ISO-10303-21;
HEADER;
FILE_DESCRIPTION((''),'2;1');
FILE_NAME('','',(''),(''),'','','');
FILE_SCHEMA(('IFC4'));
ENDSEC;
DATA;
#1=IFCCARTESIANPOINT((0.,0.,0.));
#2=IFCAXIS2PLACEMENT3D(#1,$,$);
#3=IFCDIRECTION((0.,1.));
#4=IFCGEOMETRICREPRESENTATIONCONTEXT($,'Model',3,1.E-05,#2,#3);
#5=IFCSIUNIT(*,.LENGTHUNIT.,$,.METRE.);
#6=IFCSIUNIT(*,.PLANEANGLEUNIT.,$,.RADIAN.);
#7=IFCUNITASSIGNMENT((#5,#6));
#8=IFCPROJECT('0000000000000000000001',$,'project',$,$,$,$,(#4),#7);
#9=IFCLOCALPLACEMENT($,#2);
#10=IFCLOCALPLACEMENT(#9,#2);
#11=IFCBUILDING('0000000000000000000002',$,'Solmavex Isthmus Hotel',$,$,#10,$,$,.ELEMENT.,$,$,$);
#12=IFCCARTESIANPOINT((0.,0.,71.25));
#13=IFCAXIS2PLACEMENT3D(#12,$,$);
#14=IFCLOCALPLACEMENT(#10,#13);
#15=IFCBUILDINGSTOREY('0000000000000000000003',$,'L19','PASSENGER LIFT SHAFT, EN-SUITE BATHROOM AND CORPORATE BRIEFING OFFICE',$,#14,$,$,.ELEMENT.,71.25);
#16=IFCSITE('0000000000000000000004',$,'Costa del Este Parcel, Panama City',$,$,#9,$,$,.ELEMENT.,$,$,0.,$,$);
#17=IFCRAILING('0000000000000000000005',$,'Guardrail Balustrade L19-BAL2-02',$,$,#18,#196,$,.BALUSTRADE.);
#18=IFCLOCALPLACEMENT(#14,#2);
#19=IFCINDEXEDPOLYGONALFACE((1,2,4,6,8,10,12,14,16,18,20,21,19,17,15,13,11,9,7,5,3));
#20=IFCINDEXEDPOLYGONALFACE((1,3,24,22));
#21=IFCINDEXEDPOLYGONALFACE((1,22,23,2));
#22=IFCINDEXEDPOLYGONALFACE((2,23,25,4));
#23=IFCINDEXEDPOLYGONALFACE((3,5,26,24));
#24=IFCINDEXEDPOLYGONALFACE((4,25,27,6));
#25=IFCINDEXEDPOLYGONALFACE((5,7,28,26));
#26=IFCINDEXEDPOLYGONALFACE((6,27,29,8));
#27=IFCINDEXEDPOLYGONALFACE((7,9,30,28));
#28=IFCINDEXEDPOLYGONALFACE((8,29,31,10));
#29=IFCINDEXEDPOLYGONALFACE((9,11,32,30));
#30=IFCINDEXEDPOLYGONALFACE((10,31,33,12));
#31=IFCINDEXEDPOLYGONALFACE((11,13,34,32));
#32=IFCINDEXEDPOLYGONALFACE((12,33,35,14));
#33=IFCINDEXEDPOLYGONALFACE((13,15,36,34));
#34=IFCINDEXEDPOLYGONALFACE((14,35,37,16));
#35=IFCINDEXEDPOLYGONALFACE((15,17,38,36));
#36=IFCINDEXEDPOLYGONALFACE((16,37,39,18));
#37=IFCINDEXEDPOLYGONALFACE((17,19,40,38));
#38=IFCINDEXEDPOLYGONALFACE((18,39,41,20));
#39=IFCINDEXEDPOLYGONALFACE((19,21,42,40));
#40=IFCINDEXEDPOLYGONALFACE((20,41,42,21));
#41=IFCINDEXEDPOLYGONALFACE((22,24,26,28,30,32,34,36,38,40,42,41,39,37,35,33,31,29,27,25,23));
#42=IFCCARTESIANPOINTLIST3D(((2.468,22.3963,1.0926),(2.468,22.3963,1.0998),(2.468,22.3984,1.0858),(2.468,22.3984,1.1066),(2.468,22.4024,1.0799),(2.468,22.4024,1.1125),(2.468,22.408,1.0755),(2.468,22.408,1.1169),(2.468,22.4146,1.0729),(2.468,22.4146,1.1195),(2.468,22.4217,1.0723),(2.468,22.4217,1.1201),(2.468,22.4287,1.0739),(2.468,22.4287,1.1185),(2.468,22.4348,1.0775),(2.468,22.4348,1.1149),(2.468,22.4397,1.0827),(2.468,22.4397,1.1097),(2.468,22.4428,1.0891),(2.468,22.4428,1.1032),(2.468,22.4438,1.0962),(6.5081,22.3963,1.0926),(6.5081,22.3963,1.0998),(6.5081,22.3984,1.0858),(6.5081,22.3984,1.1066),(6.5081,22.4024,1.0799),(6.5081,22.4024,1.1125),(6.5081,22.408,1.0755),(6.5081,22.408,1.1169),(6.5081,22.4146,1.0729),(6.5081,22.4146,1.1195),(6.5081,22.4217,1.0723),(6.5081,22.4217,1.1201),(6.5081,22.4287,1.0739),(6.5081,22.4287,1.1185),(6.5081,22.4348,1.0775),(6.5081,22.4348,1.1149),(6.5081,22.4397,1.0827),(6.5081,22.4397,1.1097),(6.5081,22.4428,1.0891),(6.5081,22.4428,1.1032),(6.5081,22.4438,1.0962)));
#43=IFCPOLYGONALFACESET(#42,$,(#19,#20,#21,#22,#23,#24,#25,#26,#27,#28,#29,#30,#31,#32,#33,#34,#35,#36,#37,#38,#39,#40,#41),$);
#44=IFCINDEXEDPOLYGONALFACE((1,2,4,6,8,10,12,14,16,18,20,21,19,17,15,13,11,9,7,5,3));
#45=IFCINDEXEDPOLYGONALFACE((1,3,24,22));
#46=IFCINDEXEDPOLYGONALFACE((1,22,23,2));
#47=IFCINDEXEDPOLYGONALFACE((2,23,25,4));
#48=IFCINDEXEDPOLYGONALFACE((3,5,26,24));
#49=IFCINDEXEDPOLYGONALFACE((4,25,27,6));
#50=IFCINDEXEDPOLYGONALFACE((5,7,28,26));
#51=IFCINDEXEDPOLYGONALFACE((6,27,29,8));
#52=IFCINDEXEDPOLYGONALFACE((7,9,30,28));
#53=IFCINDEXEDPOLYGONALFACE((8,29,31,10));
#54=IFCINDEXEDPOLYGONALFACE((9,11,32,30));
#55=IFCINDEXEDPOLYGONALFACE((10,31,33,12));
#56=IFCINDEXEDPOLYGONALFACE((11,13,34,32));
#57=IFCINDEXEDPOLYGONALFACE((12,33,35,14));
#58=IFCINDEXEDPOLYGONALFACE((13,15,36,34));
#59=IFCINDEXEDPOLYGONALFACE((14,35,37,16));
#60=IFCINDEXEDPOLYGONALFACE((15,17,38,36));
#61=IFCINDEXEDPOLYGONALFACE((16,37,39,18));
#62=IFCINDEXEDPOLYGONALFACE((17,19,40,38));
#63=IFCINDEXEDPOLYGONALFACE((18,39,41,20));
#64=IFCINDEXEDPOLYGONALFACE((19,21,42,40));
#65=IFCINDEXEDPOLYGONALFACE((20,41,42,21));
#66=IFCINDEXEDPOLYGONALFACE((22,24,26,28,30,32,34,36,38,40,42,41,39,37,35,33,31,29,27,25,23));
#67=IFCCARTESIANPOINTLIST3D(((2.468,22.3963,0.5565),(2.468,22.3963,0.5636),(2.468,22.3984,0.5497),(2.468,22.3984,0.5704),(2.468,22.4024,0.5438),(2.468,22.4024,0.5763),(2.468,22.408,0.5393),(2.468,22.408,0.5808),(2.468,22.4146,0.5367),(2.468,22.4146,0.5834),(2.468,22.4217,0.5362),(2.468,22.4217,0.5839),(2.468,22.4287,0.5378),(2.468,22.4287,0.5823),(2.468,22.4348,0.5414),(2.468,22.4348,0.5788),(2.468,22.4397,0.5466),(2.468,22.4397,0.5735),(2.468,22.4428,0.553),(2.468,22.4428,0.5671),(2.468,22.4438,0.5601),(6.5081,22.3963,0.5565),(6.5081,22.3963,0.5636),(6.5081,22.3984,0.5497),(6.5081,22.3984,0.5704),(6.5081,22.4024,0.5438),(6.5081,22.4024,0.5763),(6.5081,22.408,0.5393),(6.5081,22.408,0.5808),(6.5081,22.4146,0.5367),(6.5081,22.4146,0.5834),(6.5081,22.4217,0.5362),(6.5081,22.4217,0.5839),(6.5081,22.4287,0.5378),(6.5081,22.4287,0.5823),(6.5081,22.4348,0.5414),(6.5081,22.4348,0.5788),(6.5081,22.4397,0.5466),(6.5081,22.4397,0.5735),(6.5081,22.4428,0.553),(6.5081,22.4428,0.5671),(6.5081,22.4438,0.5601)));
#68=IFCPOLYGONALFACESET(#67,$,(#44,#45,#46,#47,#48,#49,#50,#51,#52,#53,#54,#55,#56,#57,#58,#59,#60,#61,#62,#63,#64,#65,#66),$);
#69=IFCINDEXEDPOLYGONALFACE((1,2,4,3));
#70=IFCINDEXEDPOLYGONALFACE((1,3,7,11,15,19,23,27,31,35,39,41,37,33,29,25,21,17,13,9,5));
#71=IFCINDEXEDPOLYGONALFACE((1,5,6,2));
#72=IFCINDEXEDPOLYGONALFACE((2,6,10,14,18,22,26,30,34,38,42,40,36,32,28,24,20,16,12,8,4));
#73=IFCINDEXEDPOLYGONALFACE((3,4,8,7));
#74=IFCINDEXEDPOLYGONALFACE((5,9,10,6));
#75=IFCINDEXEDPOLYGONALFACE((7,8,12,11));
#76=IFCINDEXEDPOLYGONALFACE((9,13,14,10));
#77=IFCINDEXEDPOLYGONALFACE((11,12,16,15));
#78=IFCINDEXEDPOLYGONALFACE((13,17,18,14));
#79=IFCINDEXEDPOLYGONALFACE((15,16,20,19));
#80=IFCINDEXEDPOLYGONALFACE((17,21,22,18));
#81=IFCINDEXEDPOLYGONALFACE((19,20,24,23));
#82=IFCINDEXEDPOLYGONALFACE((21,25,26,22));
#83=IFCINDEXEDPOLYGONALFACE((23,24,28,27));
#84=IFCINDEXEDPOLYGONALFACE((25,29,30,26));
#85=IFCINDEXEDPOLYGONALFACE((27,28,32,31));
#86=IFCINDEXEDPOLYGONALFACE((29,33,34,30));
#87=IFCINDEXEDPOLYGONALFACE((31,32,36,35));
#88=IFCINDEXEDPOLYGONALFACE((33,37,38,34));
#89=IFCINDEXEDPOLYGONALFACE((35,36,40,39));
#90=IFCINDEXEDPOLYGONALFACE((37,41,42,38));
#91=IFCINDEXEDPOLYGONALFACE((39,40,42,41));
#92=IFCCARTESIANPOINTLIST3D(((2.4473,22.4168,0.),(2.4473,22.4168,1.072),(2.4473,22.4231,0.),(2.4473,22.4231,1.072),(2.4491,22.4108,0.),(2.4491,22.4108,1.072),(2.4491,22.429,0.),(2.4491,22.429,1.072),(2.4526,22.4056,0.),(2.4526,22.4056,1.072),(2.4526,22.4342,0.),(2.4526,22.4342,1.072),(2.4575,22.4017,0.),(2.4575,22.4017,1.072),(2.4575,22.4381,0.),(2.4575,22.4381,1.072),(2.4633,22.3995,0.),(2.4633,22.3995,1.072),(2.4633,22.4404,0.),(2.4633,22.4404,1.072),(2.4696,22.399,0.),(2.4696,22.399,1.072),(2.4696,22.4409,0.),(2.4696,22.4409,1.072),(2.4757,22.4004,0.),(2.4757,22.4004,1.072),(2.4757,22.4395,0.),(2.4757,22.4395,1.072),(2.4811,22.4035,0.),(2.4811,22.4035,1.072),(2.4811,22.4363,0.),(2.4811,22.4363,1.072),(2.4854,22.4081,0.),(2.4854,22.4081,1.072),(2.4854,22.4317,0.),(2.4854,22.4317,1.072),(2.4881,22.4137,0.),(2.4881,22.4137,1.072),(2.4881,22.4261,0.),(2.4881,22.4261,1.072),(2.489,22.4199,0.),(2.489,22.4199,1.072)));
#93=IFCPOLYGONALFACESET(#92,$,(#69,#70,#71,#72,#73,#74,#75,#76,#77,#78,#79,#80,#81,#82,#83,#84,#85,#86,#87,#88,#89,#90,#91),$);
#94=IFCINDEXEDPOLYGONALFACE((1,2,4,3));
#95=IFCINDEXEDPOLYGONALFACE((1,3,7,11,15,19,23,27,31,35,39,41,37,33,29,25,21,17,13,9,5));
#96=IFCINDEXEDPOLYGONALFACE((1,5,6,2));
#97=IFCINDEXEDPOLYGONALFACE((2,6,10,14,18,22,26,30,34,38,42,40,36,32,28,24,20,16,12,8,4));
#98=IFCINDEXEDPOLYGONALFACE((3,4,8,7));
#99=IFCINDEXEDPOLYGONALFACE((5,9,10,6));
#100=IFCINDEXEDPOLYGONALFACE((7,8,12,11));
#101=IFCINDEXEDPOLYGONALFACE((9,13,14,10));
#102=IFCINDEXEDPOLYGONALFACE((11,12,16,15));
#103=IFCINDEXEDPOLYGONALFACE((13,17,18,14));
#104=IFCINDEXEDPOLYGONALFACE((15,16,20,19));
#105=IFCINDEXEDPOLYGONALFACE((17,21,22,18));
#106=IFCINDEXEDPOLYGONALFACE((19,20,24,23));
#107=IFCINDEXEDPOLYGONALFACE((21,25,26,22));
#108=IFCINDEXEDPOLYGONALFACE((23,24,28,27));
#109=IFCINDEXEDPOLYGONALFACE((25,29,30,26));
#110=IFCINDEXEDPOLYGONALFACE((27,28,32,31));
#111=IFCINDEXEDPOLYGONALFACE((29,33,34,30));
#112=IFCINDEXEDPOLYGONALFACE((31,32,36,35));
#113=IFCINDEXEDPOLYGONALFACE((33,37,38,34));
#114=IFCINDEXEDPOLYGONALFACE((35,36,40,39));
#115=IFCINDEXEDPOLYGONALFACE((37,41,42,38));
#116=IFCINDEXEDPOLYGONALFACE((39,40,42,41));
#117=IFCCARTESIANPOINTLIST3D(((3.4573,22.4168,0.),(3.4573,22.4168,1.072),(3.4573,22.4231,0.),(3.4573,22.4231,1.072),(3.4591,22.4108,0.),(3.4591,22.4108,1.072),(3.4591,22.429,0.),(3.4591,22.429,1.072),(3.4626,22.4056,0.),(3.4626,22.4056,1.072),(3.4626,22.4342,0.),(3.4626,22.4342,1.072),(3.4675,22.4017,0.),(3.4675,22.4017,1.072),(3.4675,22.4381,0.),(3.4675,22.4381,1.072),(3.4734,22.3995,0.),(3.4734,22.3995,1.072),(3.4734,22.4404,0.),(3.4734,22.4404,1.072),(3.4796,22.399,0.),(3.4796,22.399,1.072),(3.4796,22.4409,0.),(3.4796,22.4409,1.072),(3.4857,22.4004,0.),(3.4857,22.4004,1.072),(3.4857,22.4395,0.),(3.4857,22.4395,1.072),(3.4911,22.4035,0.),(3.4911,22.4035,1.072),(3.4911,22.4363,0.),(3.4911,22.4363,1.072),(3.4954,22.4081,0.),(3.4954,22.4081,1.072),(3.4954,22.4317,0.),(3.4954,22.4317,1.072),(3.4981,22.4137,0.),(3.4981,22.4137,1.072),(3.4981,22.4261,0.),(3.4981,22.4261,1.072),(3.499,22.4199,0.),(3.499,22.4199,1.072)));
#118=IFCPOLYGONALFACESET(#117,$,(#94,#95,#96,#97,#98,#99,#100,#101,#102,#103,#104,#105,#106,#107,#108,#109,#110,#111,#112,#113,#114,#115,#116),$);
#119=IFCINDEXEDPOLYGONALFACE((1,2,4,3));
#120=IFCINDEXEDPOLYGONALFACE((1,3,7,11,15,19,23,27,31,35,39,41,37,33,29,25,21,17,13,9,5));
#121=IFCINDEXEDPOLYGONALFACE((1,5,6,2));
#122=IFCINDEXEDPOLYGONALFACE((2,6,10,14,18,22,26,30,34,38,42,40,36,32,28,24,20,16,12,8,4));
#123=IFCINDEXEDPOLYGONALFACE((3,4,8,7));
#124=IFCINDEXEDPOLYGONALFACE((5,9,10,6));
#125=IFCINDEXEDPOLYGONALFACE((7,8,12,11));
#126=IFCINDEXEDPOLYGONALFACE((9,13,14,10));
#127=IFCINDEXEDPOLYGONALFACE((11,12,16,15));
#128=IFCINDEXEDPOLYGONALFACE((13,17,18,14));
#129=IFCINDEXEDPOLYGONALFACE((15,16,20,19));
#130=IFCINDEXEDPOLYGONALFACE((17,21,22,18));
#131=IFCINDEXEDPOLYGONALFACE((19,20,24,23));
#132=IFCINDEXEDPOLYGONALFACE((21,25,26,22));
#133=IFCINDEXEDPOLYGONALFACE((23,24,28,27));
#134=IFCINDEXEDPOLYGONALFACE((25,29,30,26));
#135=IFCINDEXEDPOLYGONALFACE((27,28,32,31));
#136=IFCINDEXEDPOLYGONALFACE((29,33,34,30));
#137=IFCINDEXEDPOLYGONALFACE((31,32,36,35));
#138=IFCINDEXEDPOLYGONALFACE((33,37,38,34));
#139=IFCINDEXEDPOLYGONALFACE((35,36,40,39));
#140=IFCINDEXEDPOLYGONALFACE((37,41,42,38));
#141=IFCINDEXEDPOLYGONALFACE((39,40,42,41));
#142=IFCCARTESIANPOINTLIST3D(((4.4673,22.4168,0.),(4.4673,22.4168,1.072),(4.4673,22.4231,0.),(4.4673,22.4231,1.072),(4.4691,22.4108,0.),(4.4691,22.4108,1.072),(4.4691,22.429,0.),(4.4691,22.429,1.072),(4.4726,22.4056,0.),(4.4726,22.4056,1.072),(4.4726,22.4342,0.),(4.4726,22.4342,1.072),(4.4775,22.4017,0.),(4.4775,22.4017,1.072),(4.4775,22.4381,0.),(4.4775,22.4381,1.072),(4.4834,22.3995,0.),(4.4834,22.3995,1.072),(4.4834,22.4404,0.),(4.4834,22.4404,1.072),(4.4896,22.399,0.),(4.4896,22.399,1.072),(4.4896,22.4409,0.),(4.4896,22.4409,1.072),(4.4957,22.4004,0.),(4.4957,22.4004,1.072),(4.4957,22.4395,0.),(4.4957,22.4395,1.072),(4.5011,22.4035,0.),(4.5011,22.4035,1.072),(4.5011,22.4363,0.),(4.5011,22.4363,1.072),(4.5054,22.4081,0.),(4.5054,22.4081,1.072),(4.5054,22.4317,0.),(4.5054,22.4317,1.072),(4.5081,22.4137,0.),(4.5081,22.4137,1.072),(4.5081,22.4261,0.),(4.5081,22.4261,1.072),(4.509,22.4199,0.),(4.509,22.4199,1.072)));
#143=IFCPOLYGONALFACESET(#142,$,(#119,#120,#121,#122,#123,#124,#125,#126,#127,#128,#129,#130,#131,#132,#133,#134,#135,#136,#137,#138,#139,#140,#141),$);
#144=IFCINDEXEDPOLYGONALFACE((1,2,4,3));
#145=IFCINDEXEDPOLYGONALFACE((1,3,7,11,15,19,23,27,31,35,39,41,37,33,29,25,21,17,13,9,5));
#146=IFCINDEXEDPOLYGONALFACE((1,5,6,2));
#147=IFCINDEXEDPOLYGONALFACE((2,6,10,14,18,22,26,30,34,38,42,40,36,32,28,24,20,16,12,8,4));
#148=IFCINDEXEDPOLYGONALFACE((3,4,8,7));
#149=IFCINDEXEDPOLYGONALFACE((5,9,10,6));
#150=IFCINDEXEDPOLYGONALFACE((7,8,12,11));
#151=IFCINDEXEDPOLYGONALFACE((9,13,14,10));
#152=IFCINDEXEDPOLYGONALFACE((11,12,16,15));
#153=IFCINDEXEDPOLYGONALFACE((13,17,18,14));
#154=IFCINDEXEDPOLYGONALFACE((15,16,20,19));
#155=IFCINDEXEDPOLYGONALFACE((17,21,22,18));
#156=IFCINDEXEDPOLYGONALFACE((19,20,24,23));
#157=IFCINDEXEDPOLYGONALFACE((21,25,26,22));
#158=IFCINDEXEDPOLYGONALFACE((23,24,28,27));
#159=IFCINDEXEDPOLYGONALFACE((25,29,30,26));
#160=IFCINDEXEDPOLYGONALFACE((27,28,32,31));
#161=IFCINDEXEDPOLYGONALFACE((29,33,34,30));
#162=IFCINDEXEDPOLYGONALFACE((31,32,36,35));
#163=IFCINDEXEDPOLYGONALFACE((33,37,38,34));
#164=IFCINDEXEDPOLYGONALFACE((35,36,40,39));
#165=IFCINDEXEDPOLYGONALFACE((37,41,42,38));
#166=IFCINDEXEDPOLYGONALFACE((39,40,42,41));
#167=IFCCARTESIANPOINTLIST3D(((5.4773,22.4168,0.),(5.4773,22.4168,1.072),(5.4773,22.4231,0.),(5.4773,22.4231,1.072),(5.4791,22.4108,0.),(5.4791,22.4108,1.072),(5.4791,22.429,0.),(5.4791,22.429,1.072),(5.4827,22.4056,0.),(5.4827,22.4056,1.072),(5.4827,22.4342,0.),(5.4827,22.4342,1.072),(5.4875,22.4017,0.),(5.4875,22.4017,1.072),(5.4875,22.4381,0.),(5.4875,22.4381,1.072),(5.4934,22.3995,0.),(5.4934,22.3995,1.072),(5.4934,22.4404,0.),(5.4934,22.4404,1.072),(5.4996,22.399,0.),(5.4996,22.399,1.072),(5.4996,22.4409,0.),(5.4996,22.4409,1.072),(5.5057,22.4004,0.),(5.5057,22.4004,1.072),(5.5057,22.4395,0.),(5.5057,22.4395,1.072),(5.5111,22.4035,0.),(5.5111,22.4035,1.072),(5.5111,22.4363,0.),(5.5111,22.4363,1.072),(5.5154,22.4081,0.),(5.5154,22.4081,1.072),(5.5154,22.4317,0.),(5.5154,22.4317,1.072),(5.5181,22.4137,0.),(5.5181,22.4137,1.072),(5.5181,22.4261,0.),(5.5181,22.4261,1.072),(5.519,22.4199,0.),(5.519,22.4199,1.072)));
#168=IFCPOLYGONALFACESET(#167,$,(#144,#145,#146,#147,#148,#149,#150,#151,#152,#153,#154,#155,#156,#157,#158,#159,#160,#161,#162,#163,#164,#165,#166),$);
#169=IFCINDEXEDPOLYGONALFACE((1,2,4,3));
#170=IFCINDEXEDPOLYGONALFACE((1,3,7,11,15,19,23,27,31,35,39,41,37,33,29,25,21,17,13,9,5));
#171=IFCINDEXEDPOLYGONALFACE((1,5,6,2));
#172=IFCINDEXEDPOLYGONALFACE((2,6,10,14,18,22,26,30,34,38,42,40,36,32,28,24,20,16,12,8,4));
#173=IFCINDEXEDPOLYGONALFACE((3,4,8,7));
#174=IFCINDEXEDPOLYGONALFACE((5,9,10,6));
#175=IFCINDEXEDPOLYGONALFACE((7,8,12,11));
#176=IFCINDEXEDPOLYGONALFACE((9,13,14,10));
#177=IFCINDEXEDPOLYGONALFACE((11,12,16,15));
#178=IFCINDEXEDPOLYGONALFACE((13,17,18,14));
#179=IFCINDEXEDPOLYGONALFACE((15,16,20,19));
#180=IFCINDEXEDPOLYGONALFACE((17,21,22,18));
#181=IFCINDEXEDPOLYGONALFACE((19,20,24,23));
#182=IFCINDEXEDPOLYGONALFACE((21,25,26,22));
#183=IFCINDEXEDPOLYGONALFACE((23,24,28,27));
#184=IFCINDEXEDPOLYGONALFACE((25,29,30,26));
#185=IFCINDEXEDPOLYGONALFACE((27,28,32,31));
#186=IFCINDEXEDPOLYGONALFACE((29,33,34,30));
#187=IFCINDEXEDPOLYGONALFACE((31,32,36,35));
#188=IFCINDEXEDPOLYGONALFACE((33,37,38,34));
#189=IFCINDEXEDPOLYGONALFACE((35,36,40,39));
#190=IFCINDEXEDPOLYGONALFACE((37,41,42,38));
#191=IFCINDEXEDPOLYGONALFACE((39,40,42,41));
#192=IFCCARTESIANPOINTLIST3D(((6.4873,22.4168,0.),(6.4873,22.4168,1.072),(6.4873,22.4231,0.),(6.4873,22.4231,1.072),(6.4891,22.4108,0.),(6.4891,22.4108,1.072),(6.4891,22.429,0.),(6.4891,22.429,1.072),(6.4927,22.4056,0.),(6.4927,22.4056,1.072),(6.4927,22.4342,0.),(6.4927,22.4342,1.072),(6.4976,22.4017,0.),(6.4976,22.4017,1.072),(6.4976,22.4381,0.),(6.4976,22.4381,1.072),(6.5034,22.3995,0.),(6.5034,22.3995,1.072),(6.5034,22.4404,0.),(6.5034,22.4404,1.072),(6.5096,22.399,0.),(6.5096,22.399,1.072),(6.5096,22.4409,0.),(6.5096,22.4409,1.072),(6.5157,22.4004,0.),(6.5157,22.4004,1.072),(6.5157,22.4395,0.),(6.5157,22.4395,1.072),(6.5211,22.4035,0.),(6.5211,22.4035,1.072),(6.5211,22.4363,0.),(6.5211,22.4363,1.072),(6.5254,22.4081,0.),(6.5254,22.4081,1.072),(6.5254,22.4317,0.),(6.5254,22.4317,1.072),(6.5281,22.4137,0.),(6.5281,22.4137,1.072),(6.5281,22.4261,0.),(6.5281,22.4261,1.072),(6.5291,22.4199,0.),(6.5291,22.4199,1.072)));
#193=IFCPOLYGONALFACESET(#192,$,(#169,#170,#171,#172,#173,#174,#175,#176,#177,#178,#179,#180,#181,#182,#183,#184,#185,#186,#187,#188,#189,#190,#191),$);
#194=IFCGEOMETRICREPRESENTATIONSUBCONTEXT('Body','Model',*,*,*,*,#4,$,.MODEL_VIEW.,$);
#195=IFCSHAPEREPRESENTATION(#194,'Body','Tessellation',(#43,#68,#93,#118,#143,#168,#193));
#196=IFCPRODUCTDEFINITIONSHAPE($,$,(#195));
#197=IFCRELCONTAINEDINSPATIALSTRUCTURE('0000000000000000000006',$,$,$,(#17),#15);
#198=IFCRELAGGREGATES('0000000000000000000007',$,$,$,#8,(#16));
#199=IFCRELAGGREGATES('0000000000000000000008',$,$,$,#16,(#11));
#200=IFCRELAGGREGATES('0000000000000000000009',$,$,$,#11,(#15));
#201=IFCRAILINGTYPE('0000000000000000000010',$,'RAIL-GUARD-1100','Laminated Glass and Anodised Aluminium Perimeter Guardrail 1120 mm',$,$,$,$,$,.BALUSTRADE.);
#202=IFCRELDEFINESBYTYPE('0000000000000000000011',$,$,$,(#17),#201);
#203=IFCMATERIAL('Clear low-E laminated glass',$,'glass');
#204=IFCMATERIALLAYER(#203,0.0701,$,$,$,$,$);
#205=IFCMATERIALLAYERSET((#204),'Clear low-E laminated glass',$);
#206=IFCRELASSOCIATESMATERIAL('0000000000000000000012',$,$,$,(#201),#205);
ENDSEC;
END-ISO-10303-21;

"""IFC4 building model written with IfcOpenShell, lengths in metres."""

from ifc_helpers import new_model, si_unit, direction, frame, origin, origin_2d, place, context, subcontext, project, spatial, circle, extrude, material, layer, layer_set, type_object, element, save


model = new_model("IFC4")

# Units and contexts
model_context = context("Model", 3, precision=1e-05, world=origin(), true_north=direction((0.0, 1.0)))
body_context = subcontext(model_context, "Body", "Model", "MODEL_VIEW")
ifc_project = project(units=[si_unit("LENGTHUNIT", "METRE"), si_unit("PLANEANGLEUNIT", "RADIAN")], contexts=[model_context])

# Site, building, storey
site_placement = place(None, origin())
site = spatial("IfcSite", under=ifc_project, at=site_placement, Name="Costa del Este Parcel, Panama City", CompositionType="ELEMENT", RefElevation=0.0)
building_placement = place(site_placement, origin())
building = spatial("IfcBuilding", under=site, at=building_placement, Name="Solmavex Isthmus Hotel", CompositionType="ELEMENT")
storey_placement = place(building_placement, frame((0.0, 0.0, 71.25)))
storey = spatial("IfcBuildingStorey", under=building, at=storey_placement, Name="L19", Description="PASSENGER LIFT SHAFT, EN-SUITE BATHROOM AND CORPORATE BRIEFING OFFICE", CompositionType="ELEMENT", Elevation=71.25)

# Shared definitions
ifc_material_1 = material(Name="Clear low-E laminated glass", Category="glass")

# Railing
ifc_layer_1 = layer(ifc_material_1, 0.0701)
ifc_layer_set_1 = layer_set([ifc_layer_1], Name="Clear low-E laminated glass")
railing_type = type_object("IfcRailingType", Name="RAIL-GUARD-1100", Description="Laminated Glass and Anodised Aluminium Perimeter Guardrail 1120 mm", PredefinedType="BALUSTRADE", material=ifc_layer_set_1)
railing_1_placement = place(storey_placement, frame((2.468, 22.4199, 0.0)))
element("IfcRailing", 1, at=railing_1_placement, inside=storey, type_object=railing_type, Name="Guardrail Balustrade L19-BAL2-02", PredefinedType="BALUSTRADE", context=body_context, shape_type="SweptSolid", body=[
    extrude(circle(Radius=0.0239, at=origin_2d()), frame((0.0, 0.0, 1.0962), z_axis=(1.0, 0.0, 0.0), x_axis=(0.0, 1.0, 0.0)), (0.0, 0.0, 1.0), 4.04),
    extrude(circle(Radius=0.0239, at=origin_2d()), frame((0.0, 0.0, 0.5601), z_axis=(1.0, 0.0, 0.0), x_axis=(0.0, 1.0, 0.0)), (0.0, 0.0, 1.0), 4.04),
    extrude(circle(Radius=0.021, at=origin_2d()), origin(), (0.0, 0.0, 1.0), 1.072),
    extrude(circle(Radius=0.021, at=origin_2d()), frame((1.01, 0.0, 0.0)), (0.0, 0.0, 1.0), 1.072),
    extrude(circle(Radius=0.021, at=origin_2d()), frame((2.02, 0.0, 0.0)), (0.0, 0.0, 1.0), 1.072),
    extrude(circle(Radius=0.021, at=origin_2d()), frame((3.03, 0.0, 0.0)), (0.0, 0.0, 1.0), 1.072),
    extrude(circle(Radius=0.021, at=origin_2d()), frame((4.04, 0.0, 0.0)), (0.0, 0.0, 1.0), 1.072),
])

save(model, "model.ifc")
